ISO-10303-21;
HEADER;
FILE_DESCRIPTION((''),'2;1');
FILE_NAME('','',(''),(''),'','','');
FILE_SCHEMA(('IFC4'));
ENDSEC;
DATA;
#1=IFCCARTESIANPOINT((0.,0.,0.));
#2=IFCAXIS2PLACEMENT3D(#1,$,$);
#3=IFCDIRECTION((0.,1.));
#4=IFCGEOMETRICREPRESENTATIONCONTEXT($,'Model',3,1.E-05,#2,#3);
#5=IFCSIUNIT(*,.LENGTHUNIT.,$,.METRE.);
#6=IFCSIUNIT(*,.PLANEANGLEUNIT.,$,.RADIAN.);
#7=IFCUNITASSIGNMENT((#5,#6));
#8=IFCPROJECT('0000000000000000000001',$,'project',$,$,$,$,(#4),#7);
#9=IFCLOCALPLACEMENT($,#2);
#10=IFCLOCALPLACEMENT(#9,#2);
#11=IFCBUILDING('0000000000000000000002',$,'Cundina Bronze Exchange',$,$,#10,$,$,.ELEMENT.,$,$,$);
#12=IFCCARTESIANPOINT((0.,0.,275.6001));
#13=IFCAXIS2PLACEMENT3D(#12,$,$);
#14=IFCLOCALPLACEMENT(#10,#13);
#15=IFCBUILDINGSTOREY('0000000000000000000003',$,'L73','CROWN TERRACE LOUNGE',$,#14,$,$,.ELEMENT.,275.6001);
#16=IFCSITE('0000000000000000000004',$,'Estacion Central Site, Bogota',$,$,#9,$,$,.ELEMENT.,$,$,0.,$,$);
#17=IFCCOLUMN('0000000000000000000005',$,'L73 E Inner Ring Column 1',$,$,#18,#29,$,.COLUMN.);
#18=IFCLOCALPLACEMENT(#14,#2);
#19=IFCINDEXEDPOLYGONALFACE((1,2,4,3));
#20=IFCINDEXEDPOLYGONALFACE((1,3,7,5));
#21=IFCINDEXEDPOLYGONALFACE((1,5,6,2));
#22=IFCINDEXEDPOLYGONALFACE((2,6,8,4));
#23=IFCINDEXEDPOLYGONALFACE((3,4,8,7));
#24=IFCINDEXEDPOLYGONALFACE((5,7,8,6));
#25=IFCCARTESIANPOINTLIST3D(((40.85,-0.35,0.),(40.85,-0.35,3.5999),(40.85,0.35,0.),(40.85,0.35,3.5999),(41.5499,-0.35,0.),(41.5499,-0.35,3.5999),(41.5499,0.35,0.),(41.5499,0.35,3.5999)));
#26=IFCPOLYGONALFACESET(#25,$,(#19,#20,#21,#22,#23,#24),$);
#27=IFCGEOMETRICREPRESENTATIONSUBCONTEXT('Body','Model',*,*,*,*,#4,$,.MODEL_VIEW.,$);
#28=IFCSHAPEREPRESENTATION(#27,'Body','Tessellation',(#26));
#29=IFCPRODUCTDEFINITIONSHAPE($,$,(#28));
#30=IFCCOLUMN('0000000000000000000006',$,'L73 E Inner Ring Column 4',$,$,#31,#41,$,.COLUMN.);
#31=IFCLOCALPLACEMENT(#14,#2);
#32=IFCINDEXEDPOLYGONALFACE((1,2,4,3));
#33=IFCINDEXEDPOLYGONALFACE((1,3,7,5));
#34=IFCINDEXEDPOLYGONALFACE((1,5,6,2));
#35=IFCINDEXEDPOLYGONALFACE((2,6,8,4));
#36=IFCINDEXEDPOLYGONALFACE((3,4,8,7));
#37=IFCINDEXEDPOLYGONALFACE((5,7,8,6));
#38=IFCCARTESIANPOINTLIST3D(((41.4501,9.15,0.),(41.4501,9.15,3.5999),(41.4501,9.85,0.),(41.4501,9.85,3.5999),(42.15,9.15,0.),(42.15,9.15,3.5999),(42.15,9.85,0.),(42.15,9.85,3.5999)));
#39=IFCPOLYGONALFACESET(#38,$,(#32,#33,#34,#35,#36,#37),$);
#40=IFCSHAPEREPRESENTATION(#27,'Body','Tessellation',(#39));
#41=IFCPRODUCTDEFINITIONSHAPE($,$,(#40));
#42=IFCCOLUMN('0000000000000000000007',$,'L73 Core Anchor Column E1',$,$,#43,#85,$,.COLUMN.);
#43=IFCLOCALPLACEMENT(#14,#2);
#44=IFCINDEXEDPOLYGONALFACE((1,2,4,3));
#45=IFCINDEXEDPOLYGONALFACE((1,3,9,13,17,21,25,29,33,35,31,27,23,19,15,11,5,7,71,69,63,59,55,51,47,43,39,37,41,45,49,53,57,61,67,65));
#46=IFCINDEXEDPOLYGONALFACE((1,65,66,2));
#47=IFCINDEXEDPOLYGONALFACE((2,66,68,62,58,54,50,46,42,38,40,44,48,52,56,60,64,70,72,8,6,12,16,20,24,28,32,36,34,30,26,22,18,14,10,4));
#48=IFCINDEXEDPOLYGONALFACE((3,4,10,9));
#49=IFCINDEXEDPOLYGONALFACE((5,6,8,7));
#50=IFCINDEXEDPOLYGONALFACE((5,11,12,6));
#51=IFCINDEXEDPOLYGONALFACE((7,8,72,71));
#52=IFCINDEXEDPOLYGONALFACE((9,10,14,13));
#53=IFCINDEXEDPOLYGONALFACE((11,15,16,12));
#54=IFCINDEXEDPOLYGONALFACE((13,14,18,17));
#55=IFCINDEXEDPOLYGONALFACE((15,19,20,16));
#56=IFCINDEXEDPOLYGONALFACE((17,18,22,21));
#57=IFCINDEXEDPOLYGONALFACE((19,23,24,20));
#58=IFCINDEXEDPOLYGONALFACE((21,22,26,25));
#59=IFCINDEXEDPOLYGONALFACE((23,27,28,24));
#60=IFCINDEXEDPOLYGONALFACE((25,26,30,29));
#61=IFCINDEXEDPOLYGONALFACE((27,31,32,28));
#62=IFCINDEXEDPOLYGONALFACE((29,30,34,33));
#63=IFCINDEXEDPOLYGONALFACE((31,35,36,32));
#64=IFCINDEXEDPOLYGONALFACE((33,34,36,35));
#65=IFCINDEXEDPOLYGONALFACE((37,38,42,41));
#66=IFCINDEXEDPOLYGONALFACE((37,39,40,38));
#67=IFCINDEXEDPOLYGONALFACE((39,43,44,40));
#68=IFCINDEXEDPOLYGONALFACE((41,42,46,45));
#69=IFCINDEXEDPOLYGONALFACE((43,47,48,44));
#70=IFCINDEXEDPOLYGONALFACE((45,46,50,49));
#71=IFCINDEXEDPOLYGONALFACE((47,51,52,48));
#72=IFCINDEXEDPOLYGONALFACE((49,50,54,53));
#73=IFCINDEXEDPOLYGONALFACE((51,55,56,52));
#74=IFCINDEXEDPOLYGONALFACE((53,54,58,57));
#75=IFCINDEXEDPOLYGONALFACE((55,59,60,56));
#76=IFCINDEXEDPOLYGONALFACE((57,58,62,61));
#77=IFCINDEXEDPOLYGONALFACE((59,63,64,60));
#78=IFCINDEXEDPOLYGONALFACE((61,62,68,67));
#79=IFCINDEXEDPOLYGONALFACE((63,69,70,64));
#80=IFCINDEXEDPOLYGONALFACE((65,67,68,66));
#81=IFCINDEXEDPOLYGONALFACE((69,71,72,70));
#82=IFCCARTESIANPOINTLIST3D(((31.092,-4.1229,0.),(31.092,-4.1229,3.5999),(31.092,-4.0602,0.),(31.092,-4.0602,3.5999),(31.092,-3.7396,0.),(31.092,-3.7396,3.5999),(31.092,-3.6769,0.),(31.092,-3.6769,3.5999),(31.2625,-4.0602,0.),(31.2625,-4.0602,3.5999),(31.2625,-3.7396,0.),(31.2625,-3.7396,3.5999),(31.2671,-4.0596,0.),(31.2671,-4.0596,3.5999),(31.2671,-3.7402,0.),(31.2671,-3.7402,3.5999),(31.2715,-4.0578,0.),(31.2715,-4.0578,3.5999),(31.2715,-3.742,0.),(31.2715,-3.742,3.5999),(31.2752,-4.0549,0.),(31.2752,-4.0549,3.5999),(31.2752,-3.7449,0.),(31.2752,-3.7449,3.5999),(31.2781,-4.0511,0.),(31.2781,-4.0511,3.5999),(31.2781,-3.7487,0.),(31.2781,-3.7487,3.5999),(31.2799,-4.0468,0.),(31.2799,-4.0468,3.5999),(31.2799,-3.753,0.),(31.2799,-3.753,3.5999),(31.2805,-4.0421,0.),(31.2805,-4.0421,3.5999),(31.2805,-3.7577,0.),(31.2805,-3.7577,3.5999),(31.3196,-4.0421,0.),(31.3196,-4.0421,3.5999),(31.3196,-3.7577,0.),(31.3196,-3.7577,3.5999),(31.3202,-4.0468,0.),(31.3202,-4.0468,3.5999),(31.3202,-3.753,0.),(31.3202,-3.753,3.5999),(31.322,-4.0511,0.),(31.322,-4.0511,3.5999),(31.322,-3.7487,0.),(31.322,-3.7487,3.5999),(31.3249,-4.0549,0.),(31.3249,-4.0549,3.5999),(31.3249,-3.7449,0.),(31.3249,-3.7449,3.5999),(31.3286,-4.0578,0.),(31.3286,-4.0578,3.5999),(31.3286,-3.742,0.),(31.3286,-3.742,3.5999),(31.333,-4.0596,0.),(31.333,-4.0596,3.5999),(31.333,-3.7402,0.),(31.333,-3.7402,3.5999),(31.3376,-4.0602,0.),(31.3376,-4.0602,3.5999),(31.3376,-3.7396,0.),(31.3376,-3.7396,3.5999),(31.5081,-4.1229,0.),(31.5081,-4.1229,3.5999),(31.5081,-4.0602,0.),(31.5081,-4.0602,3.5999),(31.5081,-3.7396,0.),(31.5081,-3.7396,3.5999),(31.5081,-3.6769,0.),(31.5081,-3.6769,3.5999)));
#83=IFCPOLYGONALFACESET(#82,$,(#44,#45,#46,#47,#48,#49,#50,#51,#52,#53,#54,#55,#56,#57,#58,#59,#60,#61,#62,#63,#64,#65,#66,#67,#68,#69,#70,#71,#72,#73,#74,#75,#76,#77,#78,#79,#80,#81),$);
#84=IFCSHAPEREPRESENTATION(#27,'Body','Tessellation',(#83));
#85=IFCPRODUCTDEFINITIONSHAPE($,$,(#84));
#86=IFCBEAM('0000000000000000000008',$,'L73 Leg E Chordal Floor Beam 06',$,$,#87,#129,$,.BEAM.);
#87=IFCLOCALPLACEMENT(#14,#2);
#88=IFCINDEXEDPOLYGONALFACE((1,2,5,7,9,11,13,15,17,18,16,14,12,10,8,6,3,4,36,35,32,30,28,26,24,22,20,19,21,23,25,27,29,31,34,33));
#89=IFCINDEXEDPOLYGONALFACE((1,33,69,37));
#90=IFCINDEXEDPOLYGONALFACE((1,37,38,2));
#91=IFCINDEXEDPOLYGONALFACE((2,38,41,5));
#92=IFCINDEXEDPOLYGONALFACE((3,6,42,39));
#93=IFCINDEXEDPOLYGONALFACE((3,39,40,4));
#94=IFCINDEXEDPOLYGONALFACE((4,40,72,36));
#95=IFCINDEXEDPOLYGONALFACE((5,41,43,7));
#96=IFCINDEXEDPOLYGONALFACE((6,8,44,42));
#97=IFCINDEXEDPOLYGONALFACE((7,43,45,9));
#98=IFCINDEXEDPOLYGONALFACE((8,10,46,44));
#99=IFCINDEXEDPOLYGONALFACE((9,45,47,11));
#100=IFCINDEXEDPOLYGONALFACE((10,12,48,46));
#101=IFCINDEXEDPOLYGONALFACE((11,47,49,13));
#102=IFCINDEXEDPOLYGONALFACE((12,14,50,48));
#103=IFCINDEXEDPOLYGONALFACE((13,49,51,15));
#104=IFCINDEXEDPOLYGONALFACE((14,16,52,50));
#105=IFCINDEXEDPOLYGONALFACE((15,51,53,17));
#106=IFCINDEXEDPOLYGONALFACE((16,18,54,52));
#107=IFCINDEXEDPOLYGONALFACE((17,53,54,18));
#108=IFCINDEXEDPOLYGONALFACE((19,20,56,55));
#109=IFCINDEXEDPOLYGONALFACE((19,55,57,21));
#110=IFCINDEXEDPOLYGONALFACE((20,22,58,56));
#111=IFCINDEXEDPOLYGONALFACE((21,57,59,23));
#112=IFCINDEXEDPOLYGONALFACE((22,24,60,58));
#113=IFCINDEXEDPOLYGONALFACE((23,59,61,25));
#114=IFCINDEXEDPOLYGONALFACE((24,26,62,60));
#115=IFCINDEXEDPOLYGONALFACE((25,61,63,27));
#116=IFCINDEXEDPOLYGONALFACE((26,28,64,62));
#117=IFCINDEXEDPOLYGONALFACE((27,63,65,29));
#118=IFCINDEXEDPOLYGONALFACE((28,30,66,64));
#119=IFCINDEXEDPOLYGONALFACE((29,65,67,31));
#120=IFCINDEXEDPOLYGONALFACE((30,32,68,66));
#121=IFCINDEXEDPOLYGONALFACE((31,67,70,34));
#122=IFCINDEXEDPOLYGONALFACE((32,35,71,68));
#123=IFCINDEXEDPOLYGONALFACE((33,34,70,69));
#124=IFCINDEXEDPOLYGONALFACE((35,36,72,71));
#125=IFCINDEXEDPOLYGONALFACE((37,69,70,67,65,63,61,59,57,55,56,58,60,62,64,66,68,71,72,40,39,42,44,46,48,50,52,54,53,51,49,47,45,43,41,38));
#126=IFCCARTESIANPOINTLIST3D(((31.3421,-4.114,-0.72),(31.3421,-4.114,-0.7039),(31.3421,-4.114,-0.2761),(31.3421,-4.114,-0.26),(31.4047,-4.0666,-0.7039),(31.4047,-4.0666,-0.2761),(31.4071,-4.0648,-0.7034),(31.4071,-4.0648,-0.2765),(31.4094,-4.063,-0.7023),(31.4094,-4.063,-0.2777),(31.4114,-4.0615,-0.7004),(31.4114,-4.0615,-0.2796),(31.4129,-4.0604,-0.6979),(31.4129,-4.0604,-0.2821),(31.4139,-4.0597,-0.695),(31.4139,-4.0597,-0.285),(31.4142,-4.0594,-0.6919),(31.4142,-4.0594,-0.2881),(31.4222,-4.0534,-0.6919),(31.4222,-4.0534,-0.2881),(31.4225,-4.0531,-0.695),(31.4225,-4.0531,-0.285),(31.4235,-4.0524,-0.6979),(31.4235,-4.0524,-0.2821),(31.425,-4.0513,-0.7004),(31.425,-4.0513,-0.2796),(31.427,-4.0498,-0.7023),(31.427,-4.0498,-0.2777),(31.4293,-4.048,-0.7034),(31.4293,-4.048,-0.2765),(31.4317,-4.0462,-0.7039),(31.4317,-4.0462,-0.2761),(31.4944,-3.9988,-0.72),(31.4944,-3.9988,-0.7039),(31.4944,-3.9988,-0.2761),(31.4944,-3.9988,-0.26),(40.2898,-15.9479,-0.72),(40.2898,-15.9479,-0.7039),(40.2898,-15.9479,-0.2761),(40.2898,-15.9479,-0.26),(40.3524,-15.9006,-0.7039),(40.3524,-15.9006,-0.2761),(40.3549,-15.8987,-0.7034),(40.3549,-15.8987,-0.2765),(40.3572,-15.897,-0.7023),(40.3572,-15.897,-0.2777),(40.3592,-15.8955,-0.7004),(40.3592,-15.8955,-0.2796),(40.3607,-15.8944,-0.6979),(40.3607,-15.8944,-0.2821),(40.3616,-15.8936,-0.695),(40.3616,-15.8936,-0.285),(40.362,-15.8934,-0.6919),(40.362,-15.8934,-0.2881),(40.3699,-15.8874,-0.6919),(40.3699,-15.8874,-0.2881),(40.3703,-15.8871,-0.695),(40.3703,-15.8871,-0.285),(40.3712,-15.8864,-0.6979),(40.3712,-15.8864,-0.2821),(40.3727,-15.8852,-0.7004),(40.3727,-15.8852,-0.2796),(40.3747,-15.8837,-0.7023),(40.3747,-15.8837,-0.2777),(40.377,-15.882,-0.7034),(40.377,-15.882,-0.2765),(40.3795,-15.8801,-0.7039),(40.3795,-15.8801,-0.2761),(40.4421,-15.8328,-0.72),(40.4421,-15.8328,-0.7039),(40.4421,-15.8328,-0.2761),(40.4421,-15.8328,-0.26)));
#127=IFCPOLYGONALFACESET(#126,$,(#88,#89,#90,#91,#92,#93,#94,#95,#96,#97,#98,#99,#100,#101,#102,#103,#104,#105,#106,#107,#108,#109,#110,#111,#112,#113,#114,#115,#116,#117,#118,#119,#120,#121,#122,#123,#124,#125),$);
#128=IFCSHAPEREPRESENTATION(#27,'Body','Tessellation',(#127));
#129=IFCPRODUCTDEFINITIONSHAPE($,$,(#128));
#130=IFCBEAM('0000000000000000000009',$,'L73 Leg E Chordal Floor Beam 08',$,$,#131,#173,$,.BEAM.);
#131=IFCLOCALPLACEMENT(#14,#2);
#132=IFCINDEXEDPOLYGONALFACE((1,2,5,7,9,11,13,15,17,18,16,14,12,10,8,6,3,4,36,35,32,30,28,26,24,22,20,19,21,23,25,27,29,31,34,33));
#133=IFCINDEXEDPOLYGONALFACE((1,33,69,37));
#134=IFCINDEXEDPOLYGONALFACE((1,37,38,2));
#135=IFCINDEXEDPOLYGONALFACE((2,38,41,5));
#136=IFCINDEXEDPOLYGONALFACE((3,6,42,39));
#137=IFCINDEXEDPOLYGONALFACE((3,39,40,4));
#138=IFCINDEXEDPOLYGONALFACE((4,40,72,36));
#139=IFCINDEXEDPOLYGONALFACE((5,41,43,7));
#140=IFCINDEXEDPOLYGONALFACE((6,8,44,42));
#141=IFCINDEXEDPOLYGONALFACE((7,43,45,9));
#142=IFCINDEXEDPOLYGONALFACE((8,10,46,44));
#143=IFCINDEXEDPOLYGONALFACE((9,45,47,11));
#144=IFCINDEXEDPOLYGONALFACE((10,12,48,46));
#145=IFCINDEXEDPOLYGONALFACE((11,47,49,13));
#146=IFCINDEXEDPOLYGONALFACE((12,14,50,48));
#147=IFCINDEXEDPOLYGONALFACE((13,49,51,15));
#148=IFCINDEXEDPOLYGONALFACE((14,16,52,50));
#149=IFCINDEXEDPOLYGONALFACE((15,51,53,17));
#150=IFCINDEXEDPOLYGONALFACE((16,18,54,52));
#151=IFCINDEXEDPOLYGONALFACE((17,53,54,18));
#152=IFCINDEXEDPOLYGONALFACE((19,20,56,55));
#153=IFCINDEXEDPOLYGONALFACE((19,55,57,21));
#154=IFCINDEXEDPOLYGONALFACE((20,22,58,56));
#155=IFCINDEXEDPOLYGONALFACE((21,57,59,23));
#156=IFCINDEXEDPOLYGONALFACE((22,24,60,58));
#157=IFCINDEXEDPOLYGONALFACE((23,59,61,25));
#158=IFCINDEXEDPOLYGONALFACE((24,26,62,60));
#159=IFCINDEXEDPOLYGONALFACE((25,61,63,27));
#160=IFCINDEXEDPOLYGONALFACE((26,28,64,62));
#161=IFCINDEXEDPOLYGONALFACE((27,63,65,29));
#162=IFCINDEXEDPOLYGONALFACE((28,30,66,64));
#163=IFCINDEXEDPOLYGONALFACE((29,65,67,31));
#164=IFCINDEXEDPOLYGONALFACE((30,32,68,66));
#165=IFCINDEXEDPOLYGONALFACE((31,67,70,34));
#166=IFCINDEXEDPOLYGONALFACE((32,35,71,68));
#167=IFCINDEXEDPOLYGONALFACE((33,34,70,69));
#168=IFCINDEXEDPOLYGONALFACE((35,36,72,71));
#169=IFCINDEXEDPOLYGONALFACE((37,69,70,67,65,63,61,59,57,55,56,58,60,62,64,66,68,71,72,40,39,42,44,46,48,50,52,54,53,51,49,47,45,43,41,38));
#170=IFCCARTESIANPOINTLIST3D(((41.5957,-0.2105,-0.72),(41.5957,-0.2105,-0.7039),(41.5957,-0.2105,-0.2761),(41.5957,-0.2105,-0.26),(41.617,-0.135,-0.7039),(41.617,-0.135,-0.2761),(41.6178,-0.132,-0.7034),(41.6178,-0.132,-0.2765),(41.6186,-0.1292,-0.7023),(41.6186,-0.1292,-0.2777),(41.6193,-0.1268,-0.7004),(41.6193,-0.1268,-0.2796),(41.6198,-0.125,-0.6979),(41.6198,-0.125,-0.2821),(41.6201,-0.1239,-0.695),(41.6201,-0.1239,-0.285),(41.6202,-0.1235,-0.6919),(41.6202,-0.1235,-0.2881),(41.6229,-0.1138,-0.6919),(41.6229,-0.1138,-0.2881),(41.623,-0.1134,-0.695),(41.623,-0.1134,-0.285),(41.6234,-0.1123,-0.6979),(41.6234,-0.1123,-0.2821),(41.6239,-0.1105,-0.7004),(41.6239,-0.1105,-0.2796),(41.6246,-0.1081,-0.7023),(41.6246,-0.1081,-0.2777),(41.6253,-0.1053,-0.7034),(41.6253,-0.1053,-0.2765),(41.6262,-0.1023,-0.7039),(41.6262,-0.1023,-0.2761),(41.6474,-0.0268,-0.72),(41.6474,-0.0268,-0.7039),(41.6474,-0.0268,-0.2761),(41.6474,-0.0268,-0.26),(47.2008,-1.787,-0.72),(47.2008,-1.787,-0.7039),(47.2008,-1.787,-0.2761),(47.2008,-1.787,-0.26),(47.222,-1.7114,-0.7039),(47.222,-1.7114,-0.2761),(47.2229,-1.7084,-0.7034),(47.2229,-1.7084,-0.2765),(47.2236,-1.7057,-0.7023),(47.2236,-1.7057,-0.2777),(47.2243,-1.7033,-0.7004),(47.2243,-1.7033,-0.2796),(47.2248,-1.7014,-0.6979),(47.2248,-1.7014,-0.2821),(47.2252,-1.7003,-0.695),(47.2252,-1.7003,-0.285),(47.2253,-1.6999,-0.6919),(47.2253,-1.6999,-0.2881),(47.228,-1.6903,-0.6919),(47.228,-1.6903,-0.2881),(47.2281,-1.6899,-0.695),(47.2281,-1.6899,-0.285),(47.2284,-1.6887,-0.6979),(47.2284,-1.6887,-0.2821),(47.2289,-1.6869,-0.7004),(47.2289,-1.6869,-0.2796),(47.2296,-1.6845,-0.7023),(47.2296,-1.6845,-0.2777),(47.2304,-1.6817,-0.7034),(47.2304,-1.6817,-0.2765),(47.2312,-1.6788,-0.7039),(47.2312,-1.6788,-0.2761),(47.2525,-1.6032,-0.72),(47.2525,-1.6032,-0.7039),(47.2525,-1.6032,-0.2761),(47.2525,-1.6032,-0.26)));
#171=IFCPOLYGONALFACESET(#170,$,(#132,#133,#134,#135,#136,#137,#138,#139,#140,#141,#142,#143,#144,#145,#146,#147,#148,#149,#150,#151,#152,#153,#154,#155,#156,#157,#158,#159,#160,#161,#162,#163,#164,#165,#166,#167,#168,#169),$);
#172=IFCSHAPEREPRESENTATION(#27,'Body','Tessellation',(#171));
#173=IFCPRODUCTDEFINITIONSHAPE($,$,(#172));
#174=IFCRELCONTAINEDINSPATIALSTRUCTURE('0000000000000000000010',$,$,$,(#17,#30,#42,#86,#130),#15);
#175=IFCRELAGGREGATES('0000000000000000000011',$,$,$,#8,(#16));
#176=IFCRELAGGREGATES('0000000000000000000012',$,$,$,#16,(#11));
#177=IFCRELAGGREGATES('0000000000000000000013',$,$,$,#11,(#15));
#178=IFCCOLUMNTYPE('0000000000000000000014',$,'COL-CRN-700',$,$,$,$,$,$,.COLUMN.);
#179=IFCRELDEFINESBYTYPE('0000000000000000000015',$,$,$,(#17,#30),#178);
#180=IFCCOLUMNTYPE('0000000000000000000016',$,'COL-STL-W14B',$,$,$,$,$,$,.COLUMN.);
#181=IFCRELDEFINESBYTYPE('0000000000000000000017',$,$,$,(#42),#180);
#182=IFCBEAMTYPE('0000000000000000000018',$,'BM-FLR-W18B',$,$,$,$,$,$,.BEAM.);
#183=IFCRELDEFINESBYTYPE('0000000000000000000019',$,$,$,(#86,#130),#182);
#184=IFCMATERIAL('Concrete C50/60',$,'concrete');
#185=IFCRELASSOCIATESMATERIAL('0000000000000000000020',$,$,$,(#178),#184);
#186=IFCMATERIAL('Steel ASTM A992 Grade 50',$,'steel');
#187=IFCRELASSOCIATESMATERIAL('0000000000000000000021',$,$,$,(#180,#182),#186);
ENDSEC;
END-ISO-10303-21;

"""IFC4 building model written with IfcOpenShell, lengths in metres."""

from ifc_helpers import new_model, si_unit, direction, frame, origin, origin_2d, place, context, subcontext, project, spatial, rectangle, i_section, extrude, material, material_profile, profile_set, type_object, element, save


model = new_model("IFC4")

# Units and contexts
model_context = context("Model", 3, precision=1e-05, world=origin(), true_north=direction((0.0, 1.0)))
body_context = subcontext(model_context, "Body", "Model", "MODEL_VIEW")
ifc_project = project(units=[si_unit("LENGTHUNIT", "METRE"), si_unit("PLANEANGLEUNIT", "RADIAN")], contexts=[model_context])

# Site, building, storey
site_placement = place(None, origin())
site = spatial("IfcSite", under=ifc_project, at=site_placement, Name="Estacion Central Site, Bogota", CompositionType="ELEMENT", RefElevation=0.0)
building_placement = place(site_placement, origin())
building = spatial("IfcBuilding", under=site, at=building_placement, Name="Cundina Bronze Exchange", CompositionType="ELEMENT")
storey_placement = place(building_placement, frame((0.0, 0.0, 275.6001)))
storey = spatial("IfcBuildingStorey", under=building, at=storey_placement, Name="L73", Description="CROWN TERRACE LOUNGE", CompositionType="ELEMENT", Elevation=275.6001)

# Columns
ifc_material_1 = material(Name="Concrete C50/60", Category="concrete")
ifc_material_profile_1 = material_profile(ifc_material_1, rectangle(XDim=0.7, YDim=0.7, at=origin_2d()), Name="RC700X700", Category="concrete")
ifc_profile_set_1 = profile_set([ifc_material_profile_1], Name="Concrete C50/60")
column_type_1 = type_object("IfcColumnType", Name="COL-CRN-700", PredefinedType="COLUMN", material=ifc_profile_set_1)
for number, where, z_axis, x_axis, name in (
    (1, (41.2, 0.0, 0.0), (0.0, 0.0, 1.0), (1.0, 0.0, 0.0), "L73 E Inner Ring Column 1"),
    (2, (41.8, 9.5, 0.0), (0.0, 0.0, 1.0), (1.0, 0.0, 0.0), "L73 E Inner Ring Column 4"),
):
    element("IfcColumn", number, at=place(storey_placement, frame(where, z_axis=z_axis, x_axis=x_axis)), inside=storey, type_object=column_type_1, Name=name, PredefinedType="COLUMN", context=body_context, shape_type="SweptSolid", body=[
        extrude(rectangle(XDim=0.7, YDim=0.7, at=origin_2d()), origin(), (0.0, 0.0, 1.0), 3.5999),
    ])
ifc_material_2 = material(Name="Steel ASTM A992 Grade 50", Category="steel")
ifc_material_profile_2 = material_profile(ifc_material_2, i_section(OverallWidth=0.416, OverallDepth=0.446, WebThickness=0.0391, FlangeThickness=0.0627, FilletRadius=0.0181, at=origin_2d()), Name="W14X342", Category="steel")
ifc_profile_set_2 = profile_set([ifc_material_profile_2], Name="Steel ASTM A992 Grade 50")
column_type_2 = type_object("IfcColumnType", Name="COL-STL-W14B", PredefinedType="COLUMN", material=ifc_profile_set_2)
column_placement = place(storey_placement, frame((31.3, -3.8999, 0.0), z_axis=(0.0, 0.0, 1.0), x_axis=(1.0, 0.0, 0.0)))
element("IfcColumn", 3, at=column_placement, inside=storey, type_object=column_type_2, Name="L73 Core Anchor Column E1", PredefinedType="COLUMN", context=body_context, shape_type="SweptSolid", body=[
    extrude(i_section(OverallWidth=0.416, OverallDepth=0.446, WebThickness=0.0391, FlangeThickness=0.0627, FilletRadius=0.0181, at=origin_2d()), origin(), (0.0, 0.0, 1.0), 3.5999),
])

# Beams
ifc_material_profile_3 = material_profile(ifc_material_2, i_section(OverallWidth=0.1909, OverallDepth=0.46, WebThickness=0.01, FlangeThickness=0.0161, FilletRadius=0.012, at=origin_2d()), Name="W18X55", Category="steel")
ifc_profile_set_3 = profile_set([ifc_material_profile_3], Name="Steel ASTM A992 Grade 50")
beam_type_1 = type_object("IfcBeamType", Name="BM-FLR-W18B", PredefinedType="BEAM", material=ifc_profile_set_3)
beam_1_placement = place(storey_placement, frame((31.4182, -4.0564, -0.49), z_axis=(0.603113, -0.797656, 0.0), x_axis=(0.797656, 0.603113, 0.0)))
element("IfcBeam", 4, at=beam_1_placement, inside=storey, type_object=beam_type_1, Name="L73 Leg E Chordal Floor Beam 06", PredefinedType="BEAM", context=body_context, shape_type="SweptSolid", body=[
    extrude(i_section(OverallWidth=0.1909, OverallDepth=0.46, WebThickness=0.01, FlangeThickness=0.0161, FilletRadius=0.012, at=origin_2d()), origin(), (0.0, 0.0, 1.0), 14.8359),
])
beam_2_placement = place(storey_placement, frame((41.6216, -0.1187, -0.49), z_axis=(0.96265, -0.270748, 0.0), x_axis=(0.270748, 0.96265, 0.0)))
element("IfcBeam", 5, at=beam_2_placement, inside=storey, type_object=beam_type_1, Name="L73 Leg E Chordal Floor Beam 08", PredefinedType="BEAM", context=body_context, shape_type="SweptSolid", body=[
    extrude(i_section(OverallWidth=0.1909, OverallDepth=0.46, WebThickness=0.01, FlangeThickness=0.0161, FilletRadius=0.012, at=origin_2d()), origin(), (0.0, 0.0, 1.0), 5.8225),
])

save(model, "model.ifc")
